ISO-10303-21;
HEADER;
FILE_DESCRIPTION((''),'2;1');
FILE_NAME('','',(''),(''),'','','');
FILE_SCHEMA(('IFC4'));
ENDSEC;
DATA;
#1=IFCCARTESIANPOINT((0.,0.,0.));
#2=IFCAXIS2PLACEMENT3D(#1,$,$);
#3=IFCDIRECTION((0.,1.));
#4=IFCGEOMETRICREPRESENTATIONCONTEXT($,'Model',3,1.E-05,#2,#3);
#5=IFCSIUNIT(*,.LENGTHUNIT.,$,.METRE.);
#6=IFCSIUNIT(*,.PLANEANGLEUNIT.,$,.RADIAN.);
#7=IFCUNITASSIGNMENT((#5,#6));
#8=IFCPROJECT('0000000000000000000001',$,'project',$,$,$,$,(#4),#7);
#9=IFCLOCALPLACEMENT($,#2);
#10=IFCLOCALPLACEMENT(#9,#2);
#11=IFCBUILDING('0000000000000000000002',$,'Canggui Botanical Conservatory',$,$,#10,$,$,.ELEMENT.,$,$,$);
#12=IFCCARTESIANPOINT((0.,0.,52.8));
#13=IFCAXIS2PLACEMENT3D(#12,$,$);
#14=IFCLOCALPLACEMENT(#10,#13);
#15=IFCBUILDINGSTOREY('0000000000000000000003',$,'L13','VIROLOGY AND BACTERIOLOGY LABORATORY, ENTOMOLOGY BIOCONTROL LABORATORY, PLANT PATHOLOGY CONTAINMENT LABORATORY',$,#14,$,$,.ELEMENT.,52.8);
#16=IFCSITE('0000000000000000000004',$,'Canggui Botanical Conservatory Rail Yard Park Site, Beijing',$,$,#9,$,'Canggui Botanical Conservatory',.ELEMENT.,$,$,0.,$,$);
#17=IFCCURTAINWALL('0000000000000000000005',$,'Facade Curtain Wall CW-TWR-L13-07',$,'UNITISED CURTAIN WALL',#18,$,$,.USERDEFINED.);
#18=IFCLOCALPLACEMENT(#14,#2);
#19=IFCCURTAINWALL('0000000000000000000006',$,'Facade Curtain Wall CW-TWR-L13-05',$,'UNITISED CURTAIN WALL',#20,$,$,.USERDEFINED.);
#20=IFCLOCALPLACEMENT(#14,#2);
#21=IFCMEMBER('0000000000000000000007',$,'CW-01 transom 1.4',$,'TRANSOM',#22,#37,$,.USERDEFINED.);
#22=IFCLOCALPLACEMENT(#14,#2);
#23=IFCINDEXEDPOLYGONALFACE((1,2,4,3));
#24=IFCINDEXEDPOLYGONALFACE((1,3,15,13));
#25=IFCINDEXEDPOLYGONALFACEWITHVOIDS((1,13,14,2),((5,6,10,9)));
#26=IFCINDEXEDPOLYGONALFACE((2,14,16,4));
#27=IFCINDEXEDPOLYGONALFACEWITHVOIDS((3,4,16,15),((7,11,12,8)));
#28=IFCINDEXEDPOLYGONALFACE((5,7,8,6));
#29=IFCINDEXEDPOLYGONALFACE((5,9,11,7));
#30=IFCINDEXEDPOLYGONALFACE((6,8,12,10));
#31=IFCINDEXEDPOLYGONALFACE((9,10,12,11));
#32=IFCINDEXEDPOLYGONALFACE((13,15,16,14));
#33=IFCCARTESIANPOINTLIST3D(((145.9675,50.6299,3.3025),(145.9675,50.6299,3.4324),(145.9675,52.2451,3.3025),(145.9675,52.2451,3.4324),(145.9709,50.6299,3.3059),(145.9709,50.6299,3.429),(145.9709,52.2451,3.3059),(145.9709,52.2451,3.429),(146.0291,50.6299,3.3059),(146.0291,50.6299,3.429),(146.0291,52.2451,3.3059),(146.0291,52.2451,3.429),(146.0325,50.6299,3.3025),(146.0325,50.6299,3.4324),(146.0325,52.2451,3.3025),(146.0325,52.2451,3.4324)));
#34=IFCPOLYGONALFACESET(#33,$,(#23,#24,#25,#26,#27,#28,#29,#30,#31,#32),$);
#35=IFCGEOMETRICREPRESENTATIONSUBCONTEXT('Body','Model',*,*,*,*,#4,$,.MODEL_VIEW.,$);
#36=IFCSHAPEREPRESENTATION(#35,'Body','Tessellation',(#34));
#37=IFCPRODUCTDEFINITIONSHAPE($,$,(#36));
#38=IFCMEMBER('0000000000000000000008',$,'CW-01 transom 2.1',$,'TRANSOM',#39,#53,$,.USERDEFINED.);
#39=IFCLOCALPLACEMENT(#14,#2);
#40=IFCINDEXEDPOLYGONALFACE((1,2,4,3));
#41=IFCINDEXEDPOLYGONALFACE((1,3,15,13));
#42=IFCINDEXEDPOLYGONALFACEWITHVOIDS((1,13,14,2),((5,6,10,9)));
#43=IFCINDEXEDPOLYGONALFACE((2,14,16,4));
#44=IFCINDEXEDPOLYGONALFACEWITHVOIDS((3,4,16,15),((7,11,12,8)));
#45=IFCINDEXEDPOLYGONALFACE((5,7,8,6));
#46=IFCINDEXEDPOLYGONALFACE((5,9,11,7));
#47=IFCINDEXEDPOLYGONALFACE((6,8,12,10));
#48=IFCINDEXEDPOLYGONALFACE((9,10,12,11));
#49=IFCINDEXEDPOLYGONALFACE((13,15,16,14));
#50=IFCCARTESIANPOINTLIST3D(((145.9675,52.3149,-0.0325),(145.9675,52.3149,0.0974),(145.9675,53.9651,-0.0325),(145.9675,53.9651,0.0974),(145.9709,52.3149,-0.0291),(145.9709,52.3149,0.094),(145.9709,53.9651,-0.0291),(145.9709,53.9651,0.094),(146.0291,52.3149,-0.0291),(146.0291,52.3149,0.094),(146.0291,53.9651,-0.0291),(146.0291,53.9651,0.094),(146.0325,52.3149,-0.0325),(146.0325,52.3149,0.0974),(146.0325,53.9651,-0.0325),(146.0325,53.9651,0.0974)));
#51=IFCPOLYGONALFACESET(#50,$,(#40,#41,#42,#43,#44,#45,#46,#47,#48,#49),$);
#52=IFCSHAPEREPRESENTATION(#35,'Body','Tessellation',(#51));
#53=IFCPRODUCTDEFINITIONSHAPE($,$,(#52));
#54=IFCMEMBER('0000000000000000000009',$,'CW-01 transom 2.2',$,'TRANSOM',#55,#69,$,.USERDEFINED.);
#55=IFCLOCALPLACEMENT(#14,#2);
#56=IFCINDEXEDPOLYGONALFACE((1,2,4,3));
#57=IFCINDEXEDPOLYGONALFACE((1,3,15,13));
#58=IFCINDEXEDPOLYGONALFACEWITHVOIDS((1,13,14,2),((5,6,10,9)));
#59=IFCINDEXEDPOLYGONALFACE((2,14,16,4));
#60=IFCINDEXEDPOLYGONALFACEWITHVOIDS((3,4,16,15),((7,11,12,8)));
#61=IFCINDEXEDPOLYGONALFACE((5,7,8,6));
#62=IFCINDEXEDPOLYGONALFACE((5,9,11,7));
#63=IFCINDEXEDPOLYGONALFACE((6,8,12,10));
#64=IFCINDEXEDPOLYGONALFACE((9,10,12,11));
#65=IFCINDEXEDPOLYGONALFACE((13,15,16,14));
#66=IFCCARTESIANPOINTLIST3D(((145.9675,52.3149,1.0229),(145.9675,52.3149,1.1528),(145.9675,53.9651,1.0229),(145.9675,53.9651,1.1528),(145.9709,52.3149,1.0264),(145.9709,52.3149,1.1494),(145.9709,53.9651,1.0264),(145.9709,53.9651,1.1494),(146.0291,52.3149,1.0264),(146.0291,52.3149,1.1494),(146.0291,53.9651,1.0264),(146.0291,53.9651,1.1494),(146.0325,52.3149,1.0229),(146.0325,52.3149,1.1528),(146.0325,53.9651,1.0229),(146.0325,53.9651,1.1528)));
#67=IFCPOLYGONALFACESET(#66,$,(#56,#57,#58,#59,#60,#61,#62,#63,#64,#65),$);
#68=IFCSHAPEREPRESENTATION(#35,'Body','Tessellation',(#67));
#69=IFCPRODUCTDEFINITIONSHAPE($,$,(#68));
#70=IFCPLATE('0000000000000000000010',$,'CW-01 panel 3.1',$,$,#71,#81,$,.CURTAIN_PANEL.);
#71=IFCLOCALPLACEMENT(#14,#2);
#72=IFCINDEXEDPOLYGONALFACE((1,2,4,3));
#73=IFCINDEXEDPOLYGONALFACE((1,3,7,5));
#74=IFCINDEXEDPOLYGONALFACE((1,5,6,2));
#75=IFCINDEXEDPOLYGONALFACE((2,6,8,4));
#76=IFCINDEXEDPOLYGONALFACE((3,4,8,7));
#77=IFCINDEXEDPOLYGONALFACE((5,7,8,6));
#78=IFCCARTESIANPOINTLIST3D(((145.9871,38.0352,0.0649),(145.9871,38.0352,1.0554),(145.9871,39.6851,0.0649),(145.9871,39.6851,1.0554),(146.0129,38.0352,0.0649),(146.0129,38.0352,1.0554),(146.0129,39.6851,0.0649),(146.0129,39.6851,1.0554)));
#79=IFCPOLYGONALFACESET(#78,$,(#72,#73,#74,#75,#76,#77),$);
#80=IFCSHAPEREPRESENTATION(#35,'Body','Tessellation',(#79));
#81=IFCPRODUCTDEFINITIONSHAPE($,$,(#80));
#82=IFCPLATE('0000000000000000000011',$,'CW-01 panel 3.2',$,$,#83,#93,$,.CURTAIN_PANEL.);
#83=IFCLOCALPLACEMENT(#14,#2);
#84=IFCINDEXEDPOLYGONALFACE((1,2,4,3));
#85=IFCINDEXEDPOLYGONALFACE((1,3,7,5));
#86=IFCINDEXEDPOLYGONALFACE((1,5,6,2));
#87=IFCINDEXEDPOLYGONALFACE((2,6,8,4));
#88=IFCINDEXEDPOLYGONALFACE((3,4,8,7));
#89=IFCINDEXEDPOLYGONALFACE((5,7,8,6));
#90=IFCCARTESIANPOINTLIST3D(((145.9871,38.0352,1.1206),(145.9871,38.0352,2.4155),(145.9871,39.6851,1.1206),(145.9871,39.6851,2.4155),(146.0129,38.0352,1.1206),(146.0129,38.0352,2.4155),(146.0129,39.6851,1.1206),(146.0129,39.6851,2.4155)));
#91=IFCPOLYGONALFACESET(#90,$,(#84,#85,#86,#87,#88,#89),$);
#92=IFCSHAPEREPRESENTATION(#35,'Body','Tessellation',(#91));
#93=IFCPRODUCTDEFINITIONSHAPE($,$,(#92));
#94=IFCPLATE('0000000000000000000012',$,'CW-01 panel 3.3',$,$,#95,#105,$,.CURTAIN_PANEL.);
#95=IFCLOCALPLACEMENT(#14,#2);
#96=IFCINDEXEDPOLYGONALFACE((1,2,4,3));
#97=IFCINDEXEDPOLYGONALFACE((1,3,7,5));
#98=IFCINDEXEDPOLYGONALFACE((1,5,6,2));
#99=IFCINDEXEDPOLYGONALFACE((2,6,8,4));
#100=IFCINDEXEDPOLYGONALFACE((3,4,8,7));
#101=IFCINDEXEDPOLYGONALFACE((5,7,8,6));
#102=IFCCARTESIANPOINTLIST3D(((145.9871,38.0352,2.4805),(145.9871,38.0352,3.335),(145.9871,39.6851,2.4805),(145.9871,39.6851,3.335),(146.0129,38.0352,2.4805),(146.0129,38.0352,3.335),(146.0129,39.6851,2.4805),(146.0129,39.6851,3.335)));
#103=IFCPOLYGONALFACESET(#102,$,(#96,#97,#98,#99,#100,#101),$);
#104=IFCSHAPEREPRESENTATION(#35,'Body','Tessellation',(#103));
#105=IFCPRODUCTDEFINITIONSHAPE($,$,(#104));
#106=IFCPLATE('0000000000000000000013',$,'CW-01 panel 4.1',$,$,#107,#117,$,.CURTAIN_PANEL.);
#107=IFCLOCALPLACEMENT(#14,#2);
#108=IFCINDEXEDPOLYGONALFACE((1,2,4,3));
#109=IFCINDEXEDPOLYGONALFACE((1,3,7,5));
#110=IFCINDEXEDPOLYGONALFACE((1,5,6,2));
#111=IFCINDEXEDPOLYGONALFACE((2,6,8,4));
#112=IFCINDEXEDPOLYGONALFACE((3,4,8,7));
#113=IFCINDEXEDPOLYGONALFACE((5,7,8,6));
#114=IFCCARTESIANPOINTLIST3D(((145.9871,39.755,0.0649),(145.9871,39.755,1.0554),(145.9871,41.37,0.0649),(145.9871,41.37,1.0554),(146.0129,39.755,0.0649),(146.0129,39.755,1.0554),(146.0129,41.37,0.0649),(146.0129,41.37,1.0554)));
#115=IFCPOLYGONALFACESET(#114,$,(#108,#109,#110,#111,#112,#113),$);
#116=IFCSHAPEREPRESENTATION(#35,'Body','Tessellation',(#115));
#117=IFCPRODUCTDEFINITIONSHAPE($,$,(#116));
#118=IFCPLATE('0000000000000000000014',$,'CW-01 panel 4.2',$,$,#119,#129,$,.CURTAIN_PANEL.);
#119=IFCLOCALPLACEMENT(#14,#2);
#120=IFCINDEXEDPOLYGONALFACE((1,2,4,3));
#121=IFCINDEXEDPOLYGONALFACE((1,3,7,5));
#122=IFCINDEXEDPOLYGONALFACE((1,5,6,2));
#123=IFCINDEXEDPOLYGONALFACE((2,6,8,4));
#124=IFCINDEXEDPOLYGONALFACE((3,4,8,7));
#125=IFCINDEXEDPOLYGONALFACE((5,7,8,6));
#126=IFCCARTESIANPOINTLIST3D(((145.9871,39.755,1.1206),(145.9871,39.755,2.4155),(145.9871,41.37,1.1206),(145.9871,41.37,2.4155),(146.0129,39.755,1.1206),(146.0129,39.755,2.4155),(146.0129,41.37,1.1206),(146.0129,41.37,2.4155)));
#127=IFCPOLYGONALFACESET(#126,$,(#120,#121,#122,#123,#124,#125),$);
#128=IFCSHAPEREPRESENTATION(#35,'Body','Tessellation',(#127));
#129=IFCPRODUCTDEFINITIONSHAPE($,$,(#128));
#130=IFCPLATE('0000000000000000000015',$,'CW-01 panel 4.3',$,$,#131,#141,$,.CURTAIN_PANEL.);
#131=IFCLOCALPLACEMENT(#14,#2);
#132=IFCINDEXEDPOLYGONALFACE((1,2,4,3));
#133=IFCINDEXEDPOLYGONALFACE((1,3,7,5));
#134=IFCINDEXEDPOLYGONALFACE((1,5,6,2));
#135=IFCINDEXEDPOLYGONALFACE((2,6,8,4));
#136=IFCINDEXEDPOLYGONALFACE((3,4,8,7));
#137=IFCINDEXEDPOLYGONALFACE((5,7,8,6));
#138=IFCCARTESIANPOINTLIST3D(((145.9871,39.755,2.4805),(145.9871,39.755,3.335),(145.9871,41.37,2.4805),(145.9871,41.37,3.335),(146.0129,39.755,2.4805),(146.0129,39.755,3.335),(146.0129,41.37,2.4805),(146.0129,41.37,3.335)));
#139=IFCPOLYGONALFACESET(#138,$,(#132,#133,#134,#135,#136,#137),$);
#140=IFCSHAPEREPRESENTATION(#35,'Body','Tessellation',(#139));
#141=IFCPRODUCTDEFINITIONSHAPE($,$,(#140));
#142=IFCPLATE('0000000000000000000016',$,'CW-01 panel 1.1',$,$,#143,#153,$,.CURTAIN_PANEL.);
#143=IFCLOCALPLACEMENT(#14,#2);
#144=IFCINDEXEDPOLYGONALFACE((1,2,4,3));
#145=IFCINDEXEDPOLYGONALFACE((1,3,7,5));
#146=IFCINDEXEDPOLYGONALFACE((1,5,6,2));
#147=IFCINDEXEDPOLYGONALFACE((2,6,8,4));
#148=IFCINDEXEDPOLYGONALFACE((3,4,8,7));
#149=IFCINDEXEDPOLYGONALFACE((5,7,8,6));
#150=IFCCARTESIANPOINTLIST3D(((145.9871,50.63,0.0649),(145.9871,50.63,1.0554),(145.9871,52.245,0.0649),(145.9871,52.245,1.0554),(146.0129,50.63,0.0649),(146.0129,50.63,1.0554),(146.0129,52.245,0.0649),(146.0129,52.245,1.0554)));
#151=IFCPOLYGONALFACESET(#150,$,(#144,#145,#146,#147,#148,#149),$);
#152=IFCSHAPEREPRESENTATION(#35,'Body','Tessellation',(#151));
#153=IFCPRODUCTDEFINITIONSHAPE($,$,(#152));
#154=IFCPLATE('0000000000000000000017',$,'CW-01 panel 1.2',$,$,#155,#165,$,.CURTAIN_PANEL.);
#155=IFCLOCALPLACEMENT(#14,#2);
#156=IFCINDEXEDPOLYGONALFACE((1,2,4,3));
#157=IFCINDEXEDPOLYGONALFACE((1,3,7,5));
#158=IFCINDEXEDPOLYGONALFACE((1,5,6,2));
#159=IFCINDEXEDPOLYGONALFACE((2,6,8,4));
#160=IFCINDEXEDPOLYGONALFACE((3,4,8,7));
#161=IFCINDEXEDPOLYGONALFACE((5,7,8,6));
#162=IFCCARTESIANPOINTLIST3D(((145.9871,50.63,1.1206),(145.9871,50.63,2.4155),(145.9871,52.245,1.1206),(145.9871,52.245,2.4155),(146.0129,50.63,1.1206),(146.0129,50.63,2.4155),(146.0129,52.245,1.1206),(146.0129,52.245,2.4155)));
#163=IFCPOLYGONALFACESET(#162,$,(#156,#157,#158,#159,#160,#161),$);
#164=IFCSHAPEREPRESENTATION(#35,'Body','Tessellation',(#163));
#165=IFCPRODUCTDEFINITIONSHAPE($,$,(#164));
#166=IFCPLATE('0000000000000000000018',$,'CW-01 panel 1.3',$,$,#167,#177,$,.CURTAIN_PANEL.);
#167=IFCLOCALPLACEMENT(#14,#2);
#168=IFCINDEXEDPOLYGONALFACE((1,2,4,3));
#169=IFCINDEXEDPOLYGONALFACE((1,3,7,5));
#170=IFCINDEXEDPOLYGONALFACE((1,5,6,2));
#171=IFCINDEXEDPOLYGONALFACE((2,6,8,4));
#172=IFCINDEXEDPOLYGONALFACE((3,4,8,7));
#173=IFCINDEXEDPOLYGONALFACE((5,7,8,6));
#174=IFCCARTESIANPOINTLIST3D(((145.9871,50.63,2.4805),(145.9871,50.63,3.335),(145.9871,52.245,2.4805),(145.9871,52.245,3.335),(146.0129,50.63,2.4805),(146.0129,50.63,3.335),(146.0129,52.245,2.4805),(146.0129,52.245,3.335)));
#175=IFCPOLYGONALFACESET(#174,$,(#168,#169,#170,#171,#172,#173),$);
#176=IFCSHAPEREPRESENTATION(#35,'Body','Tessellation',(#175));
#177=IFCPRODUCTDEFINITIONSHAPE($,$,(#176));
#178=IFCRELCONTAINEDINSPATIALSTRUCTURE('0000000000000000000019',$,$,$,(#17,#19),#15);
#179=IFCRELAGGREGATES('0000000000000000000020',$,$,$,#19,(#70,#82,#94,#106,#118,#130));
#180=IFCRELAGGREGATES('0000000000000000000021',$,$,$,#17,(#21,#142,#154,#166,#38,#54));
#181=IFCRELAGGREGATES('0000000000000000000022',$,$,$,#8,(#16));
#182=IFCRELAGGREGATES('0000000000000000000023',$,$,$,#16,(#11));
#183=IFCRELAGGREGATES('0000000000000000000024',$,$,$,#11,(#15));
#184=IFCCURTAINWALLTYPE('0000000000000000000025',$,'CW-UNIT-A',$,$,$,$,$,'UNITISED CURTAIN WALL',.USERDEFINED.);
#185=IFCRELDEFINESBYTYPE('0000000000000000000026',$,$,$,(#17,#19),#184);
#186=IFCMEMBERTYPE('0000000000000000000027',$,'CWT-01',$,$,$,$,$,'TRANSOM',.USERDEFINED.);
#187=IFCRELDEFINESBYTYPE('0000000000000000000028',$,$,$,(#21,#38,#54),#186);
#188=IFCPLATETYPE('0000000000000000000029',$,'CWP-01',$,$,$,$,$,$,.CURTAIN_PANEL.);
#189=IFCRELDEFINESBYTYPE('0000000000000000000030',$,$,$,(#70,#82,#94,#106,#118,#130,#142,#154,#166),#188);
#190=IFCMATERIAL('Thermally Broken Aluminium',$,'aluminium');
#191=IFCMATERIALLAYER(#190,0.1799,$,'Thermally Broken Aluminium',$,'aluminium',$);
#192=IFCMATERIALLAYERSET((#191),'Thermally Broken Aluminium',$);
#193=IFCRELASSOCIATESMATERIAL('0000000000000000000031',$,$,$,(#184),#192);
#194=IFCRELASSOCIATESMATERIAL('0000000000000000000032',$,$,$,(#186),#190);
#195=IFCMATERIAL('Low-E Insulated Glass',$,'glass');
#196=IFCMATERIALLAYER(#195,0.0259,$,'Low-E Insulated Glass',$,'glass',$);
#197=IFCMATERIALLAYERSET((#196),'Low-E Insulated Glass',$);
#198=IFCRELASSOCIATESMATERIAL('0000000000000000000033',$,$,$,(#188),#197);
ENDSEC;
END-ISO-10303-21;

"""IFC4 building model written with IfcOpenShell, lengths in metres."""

from ifc_helpers import new_model, si_unit, direction, frame, origin, origin_2d, place, context, subcontext, project, spatial, rectangle, hollow_rectangle, extrude, material, layer, layer_set, material_profile, profile_set, type_object, element, aggregate, save


model = new_model("IFC4")

# Units and contexts
model_context = context("Model", 3, precision=1e-05, world=origin(), true_north=direction((0.0, 1.0)))
body_context = subcontext(model_context, "Body", "Model", "MODEL_VIEW")
ifc_project = project(units=[si_unit("LENGTHUNIT", "METRE"), si_unit("PLANEANGLEUNIT", "RADIAN")], contexts=[model_context])

# Site, building, storey
site_placement = place(None, origin())
site = spatial("IfcSite", under=ifc_project, at=site_placement, Name="Canggui Botanical Conservatory Rail Yard Park Site, Beijing", LongName="Canggui Botanical Conservatory", CompositionType="ELEMENT", RefElevation=0.0)
building_placement = place(site_placement, origin())
building = spatial("IfcBuilding", under=site, at=building_placement, Name="Canggui Botanical Conservatory", CompositionType="ELEMENT")
storey_placement = place(building_placement, frame((0.0, 0.0, 52.8)))
storey = spatial("IfcBuildingStorey", under=building, at=storey_placement, Name="L13", Description="VIROLOGY AND BACTERIOLOGY LABORATORY, ENTOMOLOGY BIOCONTROL LABORATORY, PLANT PATHOLOGY CONTAINMENT LABORATORY", CompositionType="ELEMENT", Elevation=52.8)

# Curtain walls
ifc_material_1 = material(Name="Thermally Broken Aluminium", Category="aluminium")
ifc_layer_1 = layer(ifc_material_1, 0.1799, Name="Thermally Broken Aluminium", Category="aluminium")
ifc_layer_set_1 = layer_set([ifc_layer_1], Name="Thermally Broken Aluminium")
curtain_wall_type = type_object("IfcCurtainWallType", Name="CW-UNIT-A", ElementType="UNITISED CURTAIN WALL", PredefinedType="USERDEFINED", material=ifc_layer_set_1)
curtain_wall_1_placement = place(storey_placement, origin())
curtain_wall_1 = element("IfcCurtainWall", 1, at=curtain_wall_1_placement, inside=storey, type_object=curtain_wall_type, Name="Facade Curtain Wall CW-TWR-L13-07", ObjectType="UNITISED CURTAIN WALL", PredefinedType="USERDEFINED")
curtain_wall_2_placement = place(storey_placement, origin())
curtain_wall_2 = element("IfcCurtainWall", 2, at=curtain_wall_2_placement, inside=storey, type_object=curtain_wall_type, Name="Facade Curtain Wall CW-TWR-L13-05", ObjectType="UNITISED CURTAIN WALL", PredefinedType="USERDEFINED")
ifc_material_profile_1 = material_profile(ifc_material_1, hollow_rectangle(XDim=0.0649, YDim=0.1299, WallThickness=0.0034, at=origin_2d()), Name="CWT 65x130x3.5")
ifc_profile_set_1 = profile_set([ifc_material_profile_1], Name="Thermally Broken Aluminium")
member_type_1 = type_object("IfcMemberType", Name="CWT-01", ElementType="TRANSOM", PredefinedType="USERDEFINED", material=ifc_profile_set_1)

# Members
member_1_placement = place(storey_placement, frame((146.0, 50.6299, 3.3674), z_axis=(0.0, 1.0, 0.0), x_axis=(-1.0, 0.0, 0.0)))
member_1 = element("IfcMember", 3, at=member_1_placement, type_object=member_type_1, Name="CW-01 transom 1.4", ObjectType="TRANSOM", PredefinedType="USERDEFINED", context=body_context, shape_type="SweptSolid", body=[
    extrude(hollow_rectangle(XDim=0.0649, YDim=0.1299, WallThickness=0.0034, at=origin_2d()), origin(), (0.0, 0.0, 1.0), 1.6152),
])
member_2_placement = place(storey_placement, frame((146.0, 52.3149, 0.0325), z_axis=(0.0, 1.0, 0.0), x_axis=(-1.0, 0.0, 0.0)))
member_2 = element("IfcMember", 4, at=member_2_placement, type_object=member_type_1, Name="CW-01 transom 2.1", ObjectType="TRANSOM", PredefinedType="USERDEFINED", context=body_context, shape_type="SweptSolid", body=[
    extrude(hollow_rectangle(XDim=0.0649, YDim=0.1299, WallThickness=0.0034, at=origin_2d()), origin(), (0.0, 0.0, 1.0), 1.6501),
])
member_3_placement = place(storey_placement, frame((146.0, 52.3149, 1.0879), z_axis=(0.0, 1.0, 0.0), x_axis=(-1.0, 0.0, 0.0)))
member_3 = element("IfcMember", 5, at=member_3_placement, type_object=member_type_1, Name="CW-01 transom 2.2", ObjectType="TRANSOM", PredefinedType="USERDEFINED", context=body_context, shape_type="SweptSolid", body=[
    extrude(hollow_rectangle(XDim=0.0649, YDim=0.1299, WallThickness=0.0034, at=origin_2d()), origin(), (0.0, 0.0, 1.0), 1.6501),
])

# Plates
ifc_material_2 = material(Name="Low-E Insulated Glass", Category="glass")
ifc_layer_2 = layer(ifc_material_2, 0.0259, Name="Low-E Insulated Glass", Category="glass")
ifc_layer_set_2 = layer_set([ifc_layer_2], Name="Low-E Insulated Glass")
plate_type = type_object("IfcPlateType", Name="CWP-01", PredefinedType="CURTAIN_PANEL", material=ifc_layer_set_2)
plate_1_placement = place(storey_placement, frame((146.0, 38.8601, 0.0649), z_axis=(0.0, 0.0, 1.0), x_axis=(0.0, 1.0, 0.0)))
plate_1 = element("IfcPlate", 6, at=plate_1_placement, type_object=plate_type, Name="CW-01 panel 3.1", PredefinedType="CURTAIN_PANEL", context=body_context, shape_type="SweptSolid", body=[
    extrude(rectangle(XDim=1.6499, YDim=0.0259, at=origin_2d()), origin(), (0.0, 0.0, 1.0), 0.9905),
])
plate_2_placement = place(storey_placement, frame((146.0, 38.8601, 1.1206), z_axis=(0.0, 0.0, 1.0), x_axis=(0.0, 1.0, 0.0)))
plate_2 = element("IfcPlate", 7, at=plate_2_placement, type_object=plate_type, Name="CW-01 panel 3.2", PredefinedType="CURTAIN_PANEL", context=body_context, shape_type="SweptSolid", body=[
    extrude(rectangle(XDim=1.6499, YDim=0.0259, at=origin_2d()), origin(), (0.0, 0.0, 1.0), 1.2949),
])
plate_3_placement = place(storey_placement, frame((146.0, 38.8601, 2.4805), z_axis=(0.0, 0.0, 1.0), x_axis=(0.0, 1.0, 0.0)))
plate_3 = element("IfcPlate", 8, at=plate_3_placement, type_object=plate_type, Name="CW-01 panel 3.3", PredefinedType="CURTAIN_PANEL", context=body_context, shape_type="SweptSolid", body=[
    extrude(rectangle(XDim=1.6499, YDim=0.0259, at=origin_2d()), origin(), (0.0, 0.0, 1.0), 0.8545),
])
plate_4_placement = place(storey_placement, frame((146.0, 40.5625, 0.0649), z_axis=(0.0, 0.0, 1.0), x_axis=(0.0, 1.0, 0.0)))
plate_4 = element("IfcPlate", 9, at=plate_4_placement, type_object=plate_type, Name="CW-01 panel 4.1", PredefinedType="CURTAIN_PANEL", context=body_context, shape_type="SweptSolid", body=[
    extrude(rectangle(XDim=1.615, YDim=0.0259, at=origin_2d()), origin(), (0.0, 0.0, 1.0), 0.9905),
])
plate_5_placement = place(storey_placement, frame((146.0, 40.5625, 1.1206), z_axis=(0.0, 0.0, 1.0), x_axis=(0.0, 1.0, 0.0)))
plate_5 = element("IfcPlate", 10, at=plate_5_placement, type_object=plate_type, Name="CW-01 panel 4.2", PredefinedType="CURTAIN_PANEL", context=body_context, shape_type="SweptSolid", body=[
    extrude(rectangle(XDim=1.615, YDim=0.0259, at=origin_2d()), origin(), (0.0, 0.0, 1.0), 1.2949),
])
plate_6_placement = place(storey_placement, frame((146.0, 40.5625, 2.4805), z_axis=(0.0, 0.0, 1.0), x_axis=(0.0, 1.0, 0.0)))
plate_6 = element("IfcPlate", 11, at=plate_6_placement, type_object=plate_type, Name="CW-01 panel 4.3", PredefinedType="CURTAIN_PANEL", context=body_context, shape_type="SweptSolid", body=[
    extrude(rectangle(XDim=1.615, YDim=0.0259, at=origin_2d()), origin(), (0.0, 0.0, 1.0), 0.8545),
])
aggregate(curtain_wall_2, [plate_1, plate_2, plate_3, plate_4, plate_5, plate_6])
plate_7_placement = place(storey_placement, frame((146.0, 51.4375, 0.0649), z_axis=(0.0, 0.0, 1.0), x_axis=(0.0, 1.0, 0.0)))
plate_7 = element("IfcPlate", 12, at=plate_7_placement, type_object=plate_type, Name="CW-01 panel 1.1", PredefinedType="CURTAIN_PANEL", context=body_context, shape_type="SweptSolid", body=[
    extrude(rectangle(XDim=1.615, YDim=0.0259, at=origin_2d()), origin(), (0.0, 0.0, 1.0), 0.9905),
])
plate_8_placement = place(storey_placement, frame((146.0, 51.4375, 1.1206), z_axis=(0.0, 0.0, 1.0), x_axis=(0.0, 1.0, 0.0)))
plate_8 = element("IfcPlate", 13, at=plate_8_placement, type_object=plate_type, Name="CW-01 panel 1.2", PredefinedType="CURTAIN_PANEL", context=body_context, shape_type="SweptSolid", body=[
    extrude(rectangle(XDim=1.615, YDim=0.0259, at=origin_2d()), origin(), (0.0, 0.0, 1.0), 1.2949),
])
plate_9_placement = place(storey_placement, frame((146.0, 51.4375, 2.4805), z_axis=(0.0, 0.0, 1.0), x_axis=(0.0, 1.0, 0.0)))
plate_9 = element("IfcPlate", 14, at=plate_9_placement, type_object=plate_type, Name="CW-01 panel 1.3", PredefinedType="CURTAIN_PANEL", context=body_context, shape_type="SweptSolid", body=[
    extrude(rectangle(XDim=1.615, YDim=0.0259, at=origin_2d()), origin(), (0.0, 0.0, 1.0), 0.8545),
])
aggregate(curtain_wall_1, [member_1, plate_7, plate_8, plate_9, member_2, member_3])

save(model, "model.ifc")
